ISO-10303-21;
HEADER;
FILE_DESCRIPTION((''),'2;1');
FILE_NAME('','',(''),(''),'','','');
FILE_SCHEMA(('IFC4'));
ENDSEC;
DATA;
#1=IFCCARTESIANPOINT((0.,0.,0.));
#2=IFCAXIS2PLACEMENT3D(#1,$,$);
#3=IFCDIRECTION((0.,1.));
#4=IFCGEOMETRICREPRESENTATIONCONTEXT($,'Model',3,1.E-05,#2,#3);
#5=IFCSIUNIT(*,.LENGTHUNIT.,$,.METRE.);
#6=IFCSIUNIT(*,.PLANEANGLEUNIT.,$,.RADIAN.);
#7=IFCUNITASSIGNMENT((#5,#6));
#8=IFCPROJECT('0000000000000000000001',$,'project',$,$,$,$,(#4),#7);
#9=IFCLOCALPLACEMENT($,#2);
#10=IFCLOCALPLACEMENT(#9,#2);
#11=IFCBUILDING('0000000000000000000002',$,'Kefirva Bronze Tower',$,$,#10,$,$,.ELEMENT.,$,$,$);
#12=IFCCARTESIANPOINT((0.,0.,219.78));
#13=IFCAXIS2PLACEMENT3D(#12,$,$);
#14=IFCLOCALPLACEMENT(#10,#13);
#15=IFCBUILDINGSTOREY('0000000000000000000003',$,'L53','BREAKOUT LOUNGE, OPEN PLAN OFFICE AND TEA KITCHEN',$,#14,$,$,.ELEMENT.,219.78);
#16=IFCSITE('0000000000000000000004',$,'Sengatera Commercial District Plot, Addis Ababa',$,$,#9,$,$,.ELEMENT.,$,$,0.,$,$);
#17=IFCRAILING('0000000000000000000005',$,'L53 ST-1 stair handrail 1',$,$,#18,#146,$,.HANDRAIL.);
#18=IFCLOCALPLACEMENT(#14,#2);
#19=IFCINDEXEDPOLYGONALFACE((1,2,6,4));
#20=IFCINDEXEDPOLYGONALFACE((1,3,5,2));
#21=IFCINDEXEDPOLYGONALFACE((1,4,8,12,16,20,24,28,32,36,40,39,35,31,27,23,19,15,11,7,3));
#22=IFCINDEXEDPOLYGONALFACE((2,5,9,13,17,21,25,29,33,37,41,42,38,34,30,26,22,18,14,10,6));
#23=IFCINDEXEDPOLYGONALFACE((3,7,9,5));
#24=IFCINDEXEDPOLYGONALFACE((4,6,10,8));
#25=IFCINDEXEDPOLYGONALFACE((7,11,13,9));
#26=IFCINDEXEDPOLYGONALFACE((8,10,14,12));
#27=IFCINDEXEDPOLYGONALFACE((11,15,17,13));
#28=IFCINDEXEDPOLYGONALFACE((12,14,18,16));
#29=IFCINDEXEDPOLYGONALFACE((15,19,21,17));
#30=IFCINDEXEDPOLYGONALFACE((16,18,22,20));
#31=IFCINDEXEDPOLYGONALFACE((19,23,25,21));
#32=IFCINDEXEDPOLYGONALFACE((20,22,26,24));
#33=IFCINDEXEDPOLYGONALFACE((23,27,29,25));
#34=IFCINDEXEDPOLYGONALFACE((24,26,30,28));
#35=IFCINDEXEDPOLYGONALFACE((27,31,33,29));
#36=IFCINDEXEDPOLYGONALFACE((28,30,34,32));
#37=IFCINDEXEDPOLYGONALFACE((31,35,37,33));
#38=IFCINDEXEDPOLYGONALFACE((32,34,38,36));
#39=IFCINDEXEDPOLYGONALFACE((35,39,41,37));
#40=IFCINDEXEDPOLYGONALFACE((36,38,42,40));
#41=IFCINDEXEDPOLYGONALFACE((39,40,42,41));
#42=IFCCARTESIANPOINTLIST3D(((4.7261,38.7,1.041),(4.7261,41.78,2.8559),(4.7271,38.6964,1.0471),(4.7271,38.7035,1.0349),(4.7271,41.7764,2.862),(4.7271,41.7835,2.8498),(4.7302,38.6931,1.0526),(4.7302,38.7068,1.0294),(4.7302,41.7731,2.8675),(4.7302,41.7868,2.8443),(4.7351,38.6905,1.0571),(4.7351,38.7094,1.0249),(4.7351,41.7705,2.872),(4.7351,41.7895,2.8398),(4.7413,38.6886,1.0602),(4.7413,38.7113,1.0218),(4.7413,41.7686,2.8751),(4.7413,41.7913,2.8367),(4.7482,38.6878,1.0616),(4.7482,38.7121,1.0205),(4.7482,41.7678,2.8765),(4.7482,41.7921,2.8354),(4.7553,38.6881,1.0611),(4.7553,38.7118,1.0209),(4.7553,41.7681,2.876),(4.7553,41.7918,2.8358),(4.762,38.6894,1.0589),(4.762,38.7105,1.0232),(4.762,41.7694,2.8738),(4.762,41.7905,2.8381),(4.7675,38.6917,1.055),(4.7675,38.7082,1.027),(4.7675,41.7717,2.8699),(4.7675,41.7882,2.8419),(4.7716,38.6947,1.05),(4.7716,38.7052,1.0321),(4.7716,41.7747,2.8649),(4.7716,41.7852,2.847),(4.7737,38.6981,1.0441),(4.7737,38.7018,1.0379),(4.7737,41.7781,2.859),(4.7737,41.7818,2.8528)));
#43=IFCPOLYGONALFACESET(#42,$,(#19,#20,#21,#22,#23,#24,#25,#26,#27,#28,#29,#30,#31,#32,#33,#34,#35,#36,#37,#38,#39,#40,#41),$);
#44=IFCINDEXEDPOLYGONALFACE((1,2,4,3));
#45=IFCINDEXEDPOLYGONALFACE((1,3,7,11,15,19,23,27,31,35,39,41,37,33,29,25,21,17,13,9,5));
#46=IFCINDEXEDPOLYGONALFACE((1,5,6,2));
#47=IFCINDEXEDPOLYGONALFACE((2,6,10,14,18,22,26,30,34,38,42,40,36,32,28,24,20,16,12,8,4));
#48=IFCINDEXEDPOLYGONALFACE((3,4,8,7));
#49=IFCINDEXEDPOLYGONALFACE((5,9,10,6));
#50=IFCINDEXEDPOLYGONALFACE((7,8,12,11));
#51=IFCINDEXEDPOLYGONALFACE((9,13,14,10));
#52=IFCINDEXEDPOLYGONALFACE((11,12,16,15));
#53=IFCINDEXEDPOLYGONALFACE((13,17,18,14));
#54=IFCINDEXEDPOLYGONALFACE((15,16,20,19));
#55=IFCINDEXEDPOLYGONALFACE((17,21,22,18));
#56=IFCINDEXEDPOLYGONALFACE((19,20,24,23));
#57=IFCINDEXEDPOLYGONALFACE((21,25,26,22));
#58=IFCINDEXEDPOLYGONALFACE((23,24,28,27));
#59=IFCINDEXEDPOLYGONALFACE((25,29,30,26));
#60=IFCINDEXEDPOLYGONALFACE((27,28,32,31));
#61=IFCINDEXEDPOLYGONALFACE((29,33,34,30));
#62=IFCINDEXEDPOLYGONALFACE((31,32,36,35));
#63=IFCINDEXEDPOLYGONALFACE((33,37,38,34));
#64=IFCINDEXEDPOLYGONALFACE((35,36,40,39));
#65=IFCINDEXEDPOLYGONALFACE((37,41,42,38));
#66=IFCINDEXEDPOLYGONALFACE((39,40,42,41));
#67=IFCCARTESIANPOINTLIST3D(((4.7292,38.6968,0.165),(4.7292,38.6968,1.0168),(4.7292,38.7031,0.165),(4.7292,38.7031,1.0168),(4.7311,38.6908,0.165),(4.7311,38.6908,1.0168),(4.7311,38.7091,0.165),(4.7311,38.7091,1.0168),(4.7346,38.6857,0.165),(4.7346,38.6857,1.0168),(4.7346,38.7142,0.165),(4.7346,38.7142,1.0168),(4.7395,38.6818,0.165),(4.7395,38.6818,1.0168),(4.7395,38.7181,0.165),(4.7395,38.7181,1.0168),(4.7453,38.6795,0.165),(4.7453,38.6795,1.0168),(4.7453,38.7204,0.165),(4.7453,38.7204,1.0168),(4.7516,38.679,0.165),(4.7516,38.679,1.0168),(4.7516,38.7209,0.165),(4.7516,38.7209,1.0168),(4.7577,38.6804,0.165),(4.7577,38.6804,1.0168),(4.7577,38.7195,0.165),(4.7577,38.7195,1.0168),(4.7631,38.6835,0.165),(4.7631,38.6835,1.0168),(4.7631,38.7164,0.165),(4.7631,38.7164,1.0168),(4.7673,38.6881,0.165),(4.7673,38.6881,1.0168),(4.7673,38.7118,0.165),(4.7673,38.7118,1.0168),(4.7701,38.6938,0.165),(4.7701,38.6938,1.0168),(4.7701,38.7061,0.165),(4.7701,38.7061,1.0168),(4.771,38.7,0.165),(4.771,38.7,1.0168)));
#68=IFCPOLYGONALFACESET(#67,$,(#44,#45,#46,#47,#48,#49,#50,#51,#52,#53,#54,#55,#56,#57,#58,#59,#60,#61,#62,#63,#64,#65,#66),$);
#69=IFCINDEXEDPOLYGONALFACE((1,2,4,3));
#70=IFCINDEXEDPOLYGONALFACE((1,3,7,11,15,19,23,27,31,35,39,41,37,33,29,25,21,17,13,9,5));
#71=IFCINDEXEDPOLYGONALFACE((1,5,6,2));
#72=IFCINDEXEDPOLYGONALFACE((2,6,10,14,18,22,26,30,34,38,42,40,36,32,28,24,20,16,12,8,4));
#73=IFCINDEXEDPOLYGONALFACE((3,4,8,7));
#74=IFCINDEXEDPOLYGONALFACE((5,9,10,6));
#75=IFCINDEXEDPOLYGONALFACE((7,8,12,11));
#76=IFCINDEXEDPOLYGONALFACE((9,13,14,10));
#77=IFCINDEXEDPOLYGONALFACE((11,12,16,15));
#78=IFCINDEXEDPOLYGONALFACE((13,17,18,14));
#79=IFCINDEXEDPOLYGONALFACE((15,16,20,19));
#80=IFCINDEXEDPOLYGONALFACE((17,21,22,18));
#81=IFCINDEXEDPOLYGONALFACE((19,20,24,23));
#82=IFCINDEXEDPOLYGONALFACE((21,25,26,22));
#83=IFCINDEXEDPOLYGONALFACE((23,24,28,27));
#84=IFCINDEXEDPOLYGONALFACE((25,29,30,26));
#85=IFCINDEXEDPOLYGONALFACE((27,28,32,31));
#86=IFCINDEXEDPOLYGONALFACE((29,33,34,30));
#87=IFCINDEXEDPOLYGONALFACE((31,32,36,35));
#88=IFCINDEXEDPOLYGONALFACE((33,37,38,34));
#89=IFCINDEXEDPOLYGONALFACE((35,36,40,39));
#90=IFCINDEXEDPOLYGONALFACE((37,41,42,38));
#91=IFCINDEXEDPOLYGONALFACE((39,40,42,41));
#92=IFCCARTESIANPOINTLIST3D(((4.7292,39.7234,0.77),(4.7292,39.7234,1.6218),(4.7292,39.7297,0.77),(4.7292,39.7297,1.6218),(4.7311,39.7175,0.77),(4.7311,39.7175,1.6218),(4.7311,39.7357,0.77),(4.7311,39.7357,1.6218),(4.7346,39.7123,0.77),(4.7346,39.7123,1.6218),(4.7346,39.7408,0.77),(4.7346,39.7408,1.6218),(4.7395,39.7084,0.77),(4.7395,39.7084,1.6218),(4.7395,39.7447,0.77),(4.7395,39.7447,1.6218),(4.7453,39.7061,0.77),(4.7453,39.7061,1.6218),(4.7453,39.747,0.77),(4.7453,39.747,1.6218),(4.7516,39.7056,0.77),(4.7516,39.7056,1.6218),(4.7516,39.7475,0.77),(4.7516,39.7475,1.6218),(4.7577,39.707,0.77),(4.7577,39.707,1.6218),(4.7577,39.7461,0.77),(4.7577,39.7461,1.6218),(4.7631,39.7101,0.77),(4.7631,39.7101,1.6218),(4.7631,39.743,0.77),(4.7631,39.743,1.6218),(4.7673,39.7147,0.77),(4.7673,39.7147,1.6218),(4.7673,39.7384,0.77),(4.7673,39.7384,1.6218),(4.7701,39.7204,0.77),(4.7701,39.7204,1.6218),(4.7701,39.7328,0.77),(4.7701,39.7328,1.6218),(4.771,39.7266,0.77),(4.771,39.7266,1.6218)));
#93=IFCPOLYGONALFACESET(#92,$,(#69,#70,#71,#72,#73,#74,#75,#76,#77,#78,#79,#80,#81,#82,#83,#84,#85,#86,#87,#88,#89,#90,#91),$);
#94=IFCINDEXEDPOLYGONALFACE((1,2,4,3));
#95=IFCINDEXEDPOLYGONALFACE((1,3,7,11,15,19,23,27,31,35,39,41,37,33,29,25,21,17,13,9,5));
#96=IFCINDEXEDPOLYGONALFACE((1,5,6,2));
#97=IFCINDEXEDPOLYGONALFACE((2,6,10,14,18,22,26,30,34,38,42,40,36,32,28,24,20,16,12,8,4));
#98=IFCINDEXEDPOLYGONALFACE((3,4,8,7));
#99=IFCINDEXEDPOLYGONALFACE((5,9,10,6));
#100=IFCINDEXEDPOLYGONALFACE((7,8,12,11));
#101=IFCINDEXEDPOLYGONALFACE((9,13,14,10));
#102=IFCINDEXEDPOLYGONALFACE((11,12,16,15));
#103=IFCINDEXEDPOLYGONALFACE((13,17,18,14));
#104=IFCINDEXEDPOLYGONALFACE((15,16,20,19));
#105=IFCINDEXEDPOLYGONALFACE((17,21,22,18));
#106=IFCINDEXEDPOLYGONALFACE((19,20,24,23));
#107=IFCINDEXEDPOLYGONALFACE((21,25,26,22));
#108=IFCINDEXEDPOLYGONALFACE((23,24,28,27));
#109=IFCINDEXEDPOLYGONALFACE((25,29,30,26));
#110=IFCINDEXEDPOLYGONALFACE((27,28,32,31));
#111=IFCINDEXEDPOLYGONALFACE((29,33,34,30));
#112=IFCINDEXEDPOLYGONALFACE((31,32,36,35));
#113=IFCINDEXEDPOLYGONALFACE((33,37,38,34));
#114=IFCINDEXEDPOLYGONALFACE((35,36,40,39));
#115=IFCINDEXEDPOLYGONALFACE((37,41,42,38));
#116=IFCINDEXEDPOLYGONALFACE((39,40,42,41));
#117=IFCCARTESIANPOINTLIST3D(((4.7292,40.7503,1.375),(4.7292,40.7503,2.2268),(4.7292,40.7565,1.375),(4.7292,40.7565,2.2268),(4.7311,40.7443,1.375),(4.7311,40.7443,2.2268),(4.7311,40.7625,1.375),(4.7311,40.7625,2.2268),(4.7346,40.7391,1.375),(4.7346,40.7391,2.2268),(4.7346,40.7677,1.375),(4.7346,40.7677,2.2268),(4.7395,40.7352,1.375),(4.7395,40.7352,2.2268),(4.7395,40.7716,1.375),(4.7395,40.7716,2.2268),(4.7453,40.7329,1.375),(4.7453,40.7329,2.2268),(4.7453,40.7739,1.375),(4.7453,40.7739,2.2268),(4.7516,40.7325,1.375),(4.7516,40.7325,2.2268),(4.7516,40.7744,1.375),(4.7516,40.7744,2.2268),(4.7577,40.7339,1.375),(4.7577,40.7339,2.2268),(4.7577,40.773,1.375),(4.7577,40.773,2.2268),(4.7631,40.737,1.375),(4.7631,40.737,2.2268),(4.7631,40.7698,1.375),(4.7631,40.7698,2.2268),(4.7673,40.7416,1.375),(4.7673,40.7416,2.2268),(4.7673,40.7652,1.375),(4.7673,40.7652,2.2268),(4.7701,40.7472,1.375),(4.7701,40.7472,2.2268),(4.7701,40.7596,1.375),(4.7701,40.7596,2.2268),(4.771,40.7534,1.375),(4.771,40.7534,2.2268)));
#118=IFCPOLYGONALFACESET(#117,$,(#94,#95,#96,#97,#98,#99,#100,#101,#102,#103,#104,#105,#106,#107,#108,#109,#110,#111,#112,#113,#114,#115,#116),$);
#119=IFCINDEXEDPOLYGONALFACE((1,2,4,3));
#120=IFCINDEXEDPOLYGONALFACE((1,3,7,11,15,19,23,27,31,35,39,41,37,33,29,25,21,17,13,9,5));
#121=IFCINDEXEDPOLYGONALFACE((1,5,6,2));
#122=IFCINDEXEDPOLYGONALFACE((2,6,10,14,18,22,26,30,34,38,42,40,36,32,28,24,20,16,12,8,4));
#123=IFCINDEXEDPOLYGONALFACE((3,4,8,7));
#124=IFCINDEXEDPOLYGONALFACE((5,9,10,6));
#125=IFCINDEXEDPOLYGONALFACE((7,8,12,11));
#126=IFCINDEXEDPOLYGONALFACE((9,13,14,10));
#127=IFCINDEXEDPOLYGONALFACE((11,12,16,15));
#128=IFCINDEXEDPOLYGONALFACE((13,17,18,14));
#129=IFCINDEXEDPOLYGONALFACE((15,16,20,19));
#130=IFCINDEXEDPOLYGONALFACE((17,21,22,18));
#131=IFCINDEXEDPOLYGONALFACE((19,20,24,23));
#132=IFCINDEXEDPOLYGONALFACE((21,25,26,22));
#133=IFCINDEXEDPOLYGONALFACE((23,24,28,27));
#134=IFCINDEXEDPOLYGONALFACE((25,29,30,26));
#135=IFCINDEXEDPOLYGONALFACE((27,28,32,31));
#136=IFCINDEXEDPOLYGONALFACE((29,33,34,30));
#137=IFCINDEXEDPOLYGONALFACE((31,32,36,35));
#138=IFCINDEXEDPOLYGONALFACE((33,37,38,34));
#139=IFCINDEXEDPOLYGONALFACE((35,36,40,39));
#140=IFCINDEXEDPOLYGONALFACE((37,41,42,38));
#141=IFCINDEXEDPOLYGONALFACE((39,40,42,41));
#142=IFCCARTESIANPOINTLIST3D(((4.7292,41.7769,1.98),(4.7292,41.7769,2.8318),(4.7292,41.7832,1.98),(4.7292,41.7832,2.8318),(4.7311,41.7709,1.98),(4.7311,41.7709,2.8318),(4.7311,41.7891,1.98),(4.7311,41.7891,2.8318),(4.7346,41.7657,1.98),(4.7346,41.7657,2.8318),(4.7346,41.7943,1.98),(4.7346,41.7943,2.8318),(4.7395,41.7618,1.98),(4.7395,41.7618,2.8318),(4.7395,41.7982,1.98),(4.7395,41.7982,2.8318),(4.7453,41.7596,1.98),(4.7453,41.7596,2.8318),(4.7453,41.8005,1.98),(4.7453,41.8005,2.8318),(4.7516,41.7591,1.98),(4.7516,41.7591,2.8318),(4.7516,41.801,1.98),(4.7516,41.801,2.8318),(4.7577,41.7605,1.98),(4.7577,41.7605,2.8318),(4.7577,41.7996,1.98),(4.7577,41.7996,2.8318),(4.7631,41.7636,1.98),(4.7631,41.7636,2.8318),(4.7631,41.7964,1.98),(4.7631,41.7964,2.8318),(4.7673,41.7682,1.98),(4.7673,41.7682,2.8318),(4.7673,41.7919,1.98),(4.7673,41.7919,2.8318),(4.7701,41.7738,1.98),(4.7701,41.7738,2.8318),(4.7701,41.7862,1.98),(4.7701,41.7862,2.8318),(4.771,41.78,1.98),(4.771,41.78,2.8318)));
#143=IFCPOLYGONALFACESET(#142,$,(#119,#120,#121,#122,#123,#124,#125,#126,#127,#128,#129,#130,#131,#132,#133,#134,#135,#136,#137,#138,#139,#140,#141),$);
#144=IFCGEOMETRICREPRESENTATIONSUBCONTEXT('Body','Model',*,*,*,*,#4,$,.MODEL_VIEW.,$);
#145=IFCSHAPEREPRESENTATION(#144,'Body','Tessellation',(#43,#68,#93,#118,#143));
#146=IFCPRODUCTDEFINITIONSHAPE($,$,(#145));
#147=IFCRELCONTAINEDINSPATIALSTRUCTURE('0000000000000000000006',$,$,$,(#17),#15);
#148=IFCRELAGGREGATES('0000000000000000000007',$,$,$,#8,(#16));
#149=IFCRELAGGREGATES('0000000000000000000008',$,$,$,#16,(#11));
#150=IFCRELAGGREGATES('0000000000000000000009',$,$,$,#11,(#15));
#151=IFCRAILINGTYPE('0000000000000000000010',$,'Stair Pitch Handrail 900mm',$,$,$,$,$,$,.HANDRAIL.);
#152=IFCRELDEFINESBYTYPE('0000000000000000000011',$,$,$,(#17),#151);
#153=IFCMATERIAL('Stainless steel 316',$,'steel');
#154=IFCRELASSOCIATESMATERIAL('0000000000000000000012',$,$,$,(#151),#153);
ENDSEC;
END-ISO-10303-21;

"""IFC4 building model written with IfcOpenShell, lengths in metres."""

from ifc_helpers import new_model, si_unit, direction, frame, origin, origin_2d, place, context, subcontext, project, spatial, circle, extrude, material, type_object, element, save


model = new_model("IFC4")

# Units and contexts
model_context = context("Model", 3, precision=1e-05, world=origin(), true_north=direction((0.0, 1.0)))
body_context = subcontext(model_context, "Body", "Model", "MODEL_VIEW")
ifc_project = project(units=[si_unit("LENGTHUNIT", "METRE"), si_unit("PLANEANGLEUNIT", "RADIAN")], contexts=[model_context])

# Site, building, storey
site_placement = place(None, origin())
site = spatial("IfcSite", under=ifc_project, at=site_placement, Name="Sengatera Commercial District Plot, Addis Ababa", CompositionType="ELEMENT", RefElevation=0.0)
building_placement = place(site_placement, origin())
building = spatial("IfcBuilding", under=site, at=building_placement, Name="Kefirva Bronze Tower", CompositionType="ELEMENT")
storey_placement = place(building_placement, frame((0.0, 0.0, 219.78)))
storey = spatial("IfcBuildingStorey", under=building, at=storey_placement, Name="L53", Description="BREAKOUT LOUNGE, OPEN PLAN OFFICE AND TEA KITCHEN", CompositionType="ELEMENT", Elevation=219.78)

# Shared definitions
ifc_material_1 = material(Name="Stainless steel 316", Category="steel")

# Railing
railing_type = type_object("IfcRailingType", Name="Stair Pitch Handrail 900mm", PredefinedType="HANDRAIL", material=ifc_material_1)
railing_placement = place(storey_placement, frame((4.75, 38.7, 0.165)))
element("IfcRailing", 1, at=railing_placement, inside=storey, type_object=railing_type, Name="L53 ST-1 stair handrail 1", PredefinedType="HANDRAIL", context=body_context, shape_type="SweptSolid", body=[
    extrude(circle(Radius=0.0239, at=origin_2d()), frame((0.0, 0.0, 0.876), z_axis=(0.0, 0.861551, 0.507671), x_axis=(-1.0, 0.0, 0.0)), (0.0, 0.0, 1.0), 3.575),
    extrude(circle(Radius=0.021, at=origin_2d()), origin(), (0.0, 0.0, 1.0), 0.8518),
    extrude(circle(Radius=0.021, at=origin_2d()), frame((0.0, 1.0266, 0.605)), (0.0, 0.0, 1.0), 0.8518),
    extrude(circle(Radius=0.021, at=origin_2d()), frame((0.0, 2.0535, 1.21)), (0.0, 0.0, 1.0), 0.8518),
    extrude(circle(Radius=0.021, at=origin_2d()), frame((0.0, 3.0801, 1.8149)), (0.0, 0.0, 1.0), 0.8518),
])

save(model, "model.ifc")
